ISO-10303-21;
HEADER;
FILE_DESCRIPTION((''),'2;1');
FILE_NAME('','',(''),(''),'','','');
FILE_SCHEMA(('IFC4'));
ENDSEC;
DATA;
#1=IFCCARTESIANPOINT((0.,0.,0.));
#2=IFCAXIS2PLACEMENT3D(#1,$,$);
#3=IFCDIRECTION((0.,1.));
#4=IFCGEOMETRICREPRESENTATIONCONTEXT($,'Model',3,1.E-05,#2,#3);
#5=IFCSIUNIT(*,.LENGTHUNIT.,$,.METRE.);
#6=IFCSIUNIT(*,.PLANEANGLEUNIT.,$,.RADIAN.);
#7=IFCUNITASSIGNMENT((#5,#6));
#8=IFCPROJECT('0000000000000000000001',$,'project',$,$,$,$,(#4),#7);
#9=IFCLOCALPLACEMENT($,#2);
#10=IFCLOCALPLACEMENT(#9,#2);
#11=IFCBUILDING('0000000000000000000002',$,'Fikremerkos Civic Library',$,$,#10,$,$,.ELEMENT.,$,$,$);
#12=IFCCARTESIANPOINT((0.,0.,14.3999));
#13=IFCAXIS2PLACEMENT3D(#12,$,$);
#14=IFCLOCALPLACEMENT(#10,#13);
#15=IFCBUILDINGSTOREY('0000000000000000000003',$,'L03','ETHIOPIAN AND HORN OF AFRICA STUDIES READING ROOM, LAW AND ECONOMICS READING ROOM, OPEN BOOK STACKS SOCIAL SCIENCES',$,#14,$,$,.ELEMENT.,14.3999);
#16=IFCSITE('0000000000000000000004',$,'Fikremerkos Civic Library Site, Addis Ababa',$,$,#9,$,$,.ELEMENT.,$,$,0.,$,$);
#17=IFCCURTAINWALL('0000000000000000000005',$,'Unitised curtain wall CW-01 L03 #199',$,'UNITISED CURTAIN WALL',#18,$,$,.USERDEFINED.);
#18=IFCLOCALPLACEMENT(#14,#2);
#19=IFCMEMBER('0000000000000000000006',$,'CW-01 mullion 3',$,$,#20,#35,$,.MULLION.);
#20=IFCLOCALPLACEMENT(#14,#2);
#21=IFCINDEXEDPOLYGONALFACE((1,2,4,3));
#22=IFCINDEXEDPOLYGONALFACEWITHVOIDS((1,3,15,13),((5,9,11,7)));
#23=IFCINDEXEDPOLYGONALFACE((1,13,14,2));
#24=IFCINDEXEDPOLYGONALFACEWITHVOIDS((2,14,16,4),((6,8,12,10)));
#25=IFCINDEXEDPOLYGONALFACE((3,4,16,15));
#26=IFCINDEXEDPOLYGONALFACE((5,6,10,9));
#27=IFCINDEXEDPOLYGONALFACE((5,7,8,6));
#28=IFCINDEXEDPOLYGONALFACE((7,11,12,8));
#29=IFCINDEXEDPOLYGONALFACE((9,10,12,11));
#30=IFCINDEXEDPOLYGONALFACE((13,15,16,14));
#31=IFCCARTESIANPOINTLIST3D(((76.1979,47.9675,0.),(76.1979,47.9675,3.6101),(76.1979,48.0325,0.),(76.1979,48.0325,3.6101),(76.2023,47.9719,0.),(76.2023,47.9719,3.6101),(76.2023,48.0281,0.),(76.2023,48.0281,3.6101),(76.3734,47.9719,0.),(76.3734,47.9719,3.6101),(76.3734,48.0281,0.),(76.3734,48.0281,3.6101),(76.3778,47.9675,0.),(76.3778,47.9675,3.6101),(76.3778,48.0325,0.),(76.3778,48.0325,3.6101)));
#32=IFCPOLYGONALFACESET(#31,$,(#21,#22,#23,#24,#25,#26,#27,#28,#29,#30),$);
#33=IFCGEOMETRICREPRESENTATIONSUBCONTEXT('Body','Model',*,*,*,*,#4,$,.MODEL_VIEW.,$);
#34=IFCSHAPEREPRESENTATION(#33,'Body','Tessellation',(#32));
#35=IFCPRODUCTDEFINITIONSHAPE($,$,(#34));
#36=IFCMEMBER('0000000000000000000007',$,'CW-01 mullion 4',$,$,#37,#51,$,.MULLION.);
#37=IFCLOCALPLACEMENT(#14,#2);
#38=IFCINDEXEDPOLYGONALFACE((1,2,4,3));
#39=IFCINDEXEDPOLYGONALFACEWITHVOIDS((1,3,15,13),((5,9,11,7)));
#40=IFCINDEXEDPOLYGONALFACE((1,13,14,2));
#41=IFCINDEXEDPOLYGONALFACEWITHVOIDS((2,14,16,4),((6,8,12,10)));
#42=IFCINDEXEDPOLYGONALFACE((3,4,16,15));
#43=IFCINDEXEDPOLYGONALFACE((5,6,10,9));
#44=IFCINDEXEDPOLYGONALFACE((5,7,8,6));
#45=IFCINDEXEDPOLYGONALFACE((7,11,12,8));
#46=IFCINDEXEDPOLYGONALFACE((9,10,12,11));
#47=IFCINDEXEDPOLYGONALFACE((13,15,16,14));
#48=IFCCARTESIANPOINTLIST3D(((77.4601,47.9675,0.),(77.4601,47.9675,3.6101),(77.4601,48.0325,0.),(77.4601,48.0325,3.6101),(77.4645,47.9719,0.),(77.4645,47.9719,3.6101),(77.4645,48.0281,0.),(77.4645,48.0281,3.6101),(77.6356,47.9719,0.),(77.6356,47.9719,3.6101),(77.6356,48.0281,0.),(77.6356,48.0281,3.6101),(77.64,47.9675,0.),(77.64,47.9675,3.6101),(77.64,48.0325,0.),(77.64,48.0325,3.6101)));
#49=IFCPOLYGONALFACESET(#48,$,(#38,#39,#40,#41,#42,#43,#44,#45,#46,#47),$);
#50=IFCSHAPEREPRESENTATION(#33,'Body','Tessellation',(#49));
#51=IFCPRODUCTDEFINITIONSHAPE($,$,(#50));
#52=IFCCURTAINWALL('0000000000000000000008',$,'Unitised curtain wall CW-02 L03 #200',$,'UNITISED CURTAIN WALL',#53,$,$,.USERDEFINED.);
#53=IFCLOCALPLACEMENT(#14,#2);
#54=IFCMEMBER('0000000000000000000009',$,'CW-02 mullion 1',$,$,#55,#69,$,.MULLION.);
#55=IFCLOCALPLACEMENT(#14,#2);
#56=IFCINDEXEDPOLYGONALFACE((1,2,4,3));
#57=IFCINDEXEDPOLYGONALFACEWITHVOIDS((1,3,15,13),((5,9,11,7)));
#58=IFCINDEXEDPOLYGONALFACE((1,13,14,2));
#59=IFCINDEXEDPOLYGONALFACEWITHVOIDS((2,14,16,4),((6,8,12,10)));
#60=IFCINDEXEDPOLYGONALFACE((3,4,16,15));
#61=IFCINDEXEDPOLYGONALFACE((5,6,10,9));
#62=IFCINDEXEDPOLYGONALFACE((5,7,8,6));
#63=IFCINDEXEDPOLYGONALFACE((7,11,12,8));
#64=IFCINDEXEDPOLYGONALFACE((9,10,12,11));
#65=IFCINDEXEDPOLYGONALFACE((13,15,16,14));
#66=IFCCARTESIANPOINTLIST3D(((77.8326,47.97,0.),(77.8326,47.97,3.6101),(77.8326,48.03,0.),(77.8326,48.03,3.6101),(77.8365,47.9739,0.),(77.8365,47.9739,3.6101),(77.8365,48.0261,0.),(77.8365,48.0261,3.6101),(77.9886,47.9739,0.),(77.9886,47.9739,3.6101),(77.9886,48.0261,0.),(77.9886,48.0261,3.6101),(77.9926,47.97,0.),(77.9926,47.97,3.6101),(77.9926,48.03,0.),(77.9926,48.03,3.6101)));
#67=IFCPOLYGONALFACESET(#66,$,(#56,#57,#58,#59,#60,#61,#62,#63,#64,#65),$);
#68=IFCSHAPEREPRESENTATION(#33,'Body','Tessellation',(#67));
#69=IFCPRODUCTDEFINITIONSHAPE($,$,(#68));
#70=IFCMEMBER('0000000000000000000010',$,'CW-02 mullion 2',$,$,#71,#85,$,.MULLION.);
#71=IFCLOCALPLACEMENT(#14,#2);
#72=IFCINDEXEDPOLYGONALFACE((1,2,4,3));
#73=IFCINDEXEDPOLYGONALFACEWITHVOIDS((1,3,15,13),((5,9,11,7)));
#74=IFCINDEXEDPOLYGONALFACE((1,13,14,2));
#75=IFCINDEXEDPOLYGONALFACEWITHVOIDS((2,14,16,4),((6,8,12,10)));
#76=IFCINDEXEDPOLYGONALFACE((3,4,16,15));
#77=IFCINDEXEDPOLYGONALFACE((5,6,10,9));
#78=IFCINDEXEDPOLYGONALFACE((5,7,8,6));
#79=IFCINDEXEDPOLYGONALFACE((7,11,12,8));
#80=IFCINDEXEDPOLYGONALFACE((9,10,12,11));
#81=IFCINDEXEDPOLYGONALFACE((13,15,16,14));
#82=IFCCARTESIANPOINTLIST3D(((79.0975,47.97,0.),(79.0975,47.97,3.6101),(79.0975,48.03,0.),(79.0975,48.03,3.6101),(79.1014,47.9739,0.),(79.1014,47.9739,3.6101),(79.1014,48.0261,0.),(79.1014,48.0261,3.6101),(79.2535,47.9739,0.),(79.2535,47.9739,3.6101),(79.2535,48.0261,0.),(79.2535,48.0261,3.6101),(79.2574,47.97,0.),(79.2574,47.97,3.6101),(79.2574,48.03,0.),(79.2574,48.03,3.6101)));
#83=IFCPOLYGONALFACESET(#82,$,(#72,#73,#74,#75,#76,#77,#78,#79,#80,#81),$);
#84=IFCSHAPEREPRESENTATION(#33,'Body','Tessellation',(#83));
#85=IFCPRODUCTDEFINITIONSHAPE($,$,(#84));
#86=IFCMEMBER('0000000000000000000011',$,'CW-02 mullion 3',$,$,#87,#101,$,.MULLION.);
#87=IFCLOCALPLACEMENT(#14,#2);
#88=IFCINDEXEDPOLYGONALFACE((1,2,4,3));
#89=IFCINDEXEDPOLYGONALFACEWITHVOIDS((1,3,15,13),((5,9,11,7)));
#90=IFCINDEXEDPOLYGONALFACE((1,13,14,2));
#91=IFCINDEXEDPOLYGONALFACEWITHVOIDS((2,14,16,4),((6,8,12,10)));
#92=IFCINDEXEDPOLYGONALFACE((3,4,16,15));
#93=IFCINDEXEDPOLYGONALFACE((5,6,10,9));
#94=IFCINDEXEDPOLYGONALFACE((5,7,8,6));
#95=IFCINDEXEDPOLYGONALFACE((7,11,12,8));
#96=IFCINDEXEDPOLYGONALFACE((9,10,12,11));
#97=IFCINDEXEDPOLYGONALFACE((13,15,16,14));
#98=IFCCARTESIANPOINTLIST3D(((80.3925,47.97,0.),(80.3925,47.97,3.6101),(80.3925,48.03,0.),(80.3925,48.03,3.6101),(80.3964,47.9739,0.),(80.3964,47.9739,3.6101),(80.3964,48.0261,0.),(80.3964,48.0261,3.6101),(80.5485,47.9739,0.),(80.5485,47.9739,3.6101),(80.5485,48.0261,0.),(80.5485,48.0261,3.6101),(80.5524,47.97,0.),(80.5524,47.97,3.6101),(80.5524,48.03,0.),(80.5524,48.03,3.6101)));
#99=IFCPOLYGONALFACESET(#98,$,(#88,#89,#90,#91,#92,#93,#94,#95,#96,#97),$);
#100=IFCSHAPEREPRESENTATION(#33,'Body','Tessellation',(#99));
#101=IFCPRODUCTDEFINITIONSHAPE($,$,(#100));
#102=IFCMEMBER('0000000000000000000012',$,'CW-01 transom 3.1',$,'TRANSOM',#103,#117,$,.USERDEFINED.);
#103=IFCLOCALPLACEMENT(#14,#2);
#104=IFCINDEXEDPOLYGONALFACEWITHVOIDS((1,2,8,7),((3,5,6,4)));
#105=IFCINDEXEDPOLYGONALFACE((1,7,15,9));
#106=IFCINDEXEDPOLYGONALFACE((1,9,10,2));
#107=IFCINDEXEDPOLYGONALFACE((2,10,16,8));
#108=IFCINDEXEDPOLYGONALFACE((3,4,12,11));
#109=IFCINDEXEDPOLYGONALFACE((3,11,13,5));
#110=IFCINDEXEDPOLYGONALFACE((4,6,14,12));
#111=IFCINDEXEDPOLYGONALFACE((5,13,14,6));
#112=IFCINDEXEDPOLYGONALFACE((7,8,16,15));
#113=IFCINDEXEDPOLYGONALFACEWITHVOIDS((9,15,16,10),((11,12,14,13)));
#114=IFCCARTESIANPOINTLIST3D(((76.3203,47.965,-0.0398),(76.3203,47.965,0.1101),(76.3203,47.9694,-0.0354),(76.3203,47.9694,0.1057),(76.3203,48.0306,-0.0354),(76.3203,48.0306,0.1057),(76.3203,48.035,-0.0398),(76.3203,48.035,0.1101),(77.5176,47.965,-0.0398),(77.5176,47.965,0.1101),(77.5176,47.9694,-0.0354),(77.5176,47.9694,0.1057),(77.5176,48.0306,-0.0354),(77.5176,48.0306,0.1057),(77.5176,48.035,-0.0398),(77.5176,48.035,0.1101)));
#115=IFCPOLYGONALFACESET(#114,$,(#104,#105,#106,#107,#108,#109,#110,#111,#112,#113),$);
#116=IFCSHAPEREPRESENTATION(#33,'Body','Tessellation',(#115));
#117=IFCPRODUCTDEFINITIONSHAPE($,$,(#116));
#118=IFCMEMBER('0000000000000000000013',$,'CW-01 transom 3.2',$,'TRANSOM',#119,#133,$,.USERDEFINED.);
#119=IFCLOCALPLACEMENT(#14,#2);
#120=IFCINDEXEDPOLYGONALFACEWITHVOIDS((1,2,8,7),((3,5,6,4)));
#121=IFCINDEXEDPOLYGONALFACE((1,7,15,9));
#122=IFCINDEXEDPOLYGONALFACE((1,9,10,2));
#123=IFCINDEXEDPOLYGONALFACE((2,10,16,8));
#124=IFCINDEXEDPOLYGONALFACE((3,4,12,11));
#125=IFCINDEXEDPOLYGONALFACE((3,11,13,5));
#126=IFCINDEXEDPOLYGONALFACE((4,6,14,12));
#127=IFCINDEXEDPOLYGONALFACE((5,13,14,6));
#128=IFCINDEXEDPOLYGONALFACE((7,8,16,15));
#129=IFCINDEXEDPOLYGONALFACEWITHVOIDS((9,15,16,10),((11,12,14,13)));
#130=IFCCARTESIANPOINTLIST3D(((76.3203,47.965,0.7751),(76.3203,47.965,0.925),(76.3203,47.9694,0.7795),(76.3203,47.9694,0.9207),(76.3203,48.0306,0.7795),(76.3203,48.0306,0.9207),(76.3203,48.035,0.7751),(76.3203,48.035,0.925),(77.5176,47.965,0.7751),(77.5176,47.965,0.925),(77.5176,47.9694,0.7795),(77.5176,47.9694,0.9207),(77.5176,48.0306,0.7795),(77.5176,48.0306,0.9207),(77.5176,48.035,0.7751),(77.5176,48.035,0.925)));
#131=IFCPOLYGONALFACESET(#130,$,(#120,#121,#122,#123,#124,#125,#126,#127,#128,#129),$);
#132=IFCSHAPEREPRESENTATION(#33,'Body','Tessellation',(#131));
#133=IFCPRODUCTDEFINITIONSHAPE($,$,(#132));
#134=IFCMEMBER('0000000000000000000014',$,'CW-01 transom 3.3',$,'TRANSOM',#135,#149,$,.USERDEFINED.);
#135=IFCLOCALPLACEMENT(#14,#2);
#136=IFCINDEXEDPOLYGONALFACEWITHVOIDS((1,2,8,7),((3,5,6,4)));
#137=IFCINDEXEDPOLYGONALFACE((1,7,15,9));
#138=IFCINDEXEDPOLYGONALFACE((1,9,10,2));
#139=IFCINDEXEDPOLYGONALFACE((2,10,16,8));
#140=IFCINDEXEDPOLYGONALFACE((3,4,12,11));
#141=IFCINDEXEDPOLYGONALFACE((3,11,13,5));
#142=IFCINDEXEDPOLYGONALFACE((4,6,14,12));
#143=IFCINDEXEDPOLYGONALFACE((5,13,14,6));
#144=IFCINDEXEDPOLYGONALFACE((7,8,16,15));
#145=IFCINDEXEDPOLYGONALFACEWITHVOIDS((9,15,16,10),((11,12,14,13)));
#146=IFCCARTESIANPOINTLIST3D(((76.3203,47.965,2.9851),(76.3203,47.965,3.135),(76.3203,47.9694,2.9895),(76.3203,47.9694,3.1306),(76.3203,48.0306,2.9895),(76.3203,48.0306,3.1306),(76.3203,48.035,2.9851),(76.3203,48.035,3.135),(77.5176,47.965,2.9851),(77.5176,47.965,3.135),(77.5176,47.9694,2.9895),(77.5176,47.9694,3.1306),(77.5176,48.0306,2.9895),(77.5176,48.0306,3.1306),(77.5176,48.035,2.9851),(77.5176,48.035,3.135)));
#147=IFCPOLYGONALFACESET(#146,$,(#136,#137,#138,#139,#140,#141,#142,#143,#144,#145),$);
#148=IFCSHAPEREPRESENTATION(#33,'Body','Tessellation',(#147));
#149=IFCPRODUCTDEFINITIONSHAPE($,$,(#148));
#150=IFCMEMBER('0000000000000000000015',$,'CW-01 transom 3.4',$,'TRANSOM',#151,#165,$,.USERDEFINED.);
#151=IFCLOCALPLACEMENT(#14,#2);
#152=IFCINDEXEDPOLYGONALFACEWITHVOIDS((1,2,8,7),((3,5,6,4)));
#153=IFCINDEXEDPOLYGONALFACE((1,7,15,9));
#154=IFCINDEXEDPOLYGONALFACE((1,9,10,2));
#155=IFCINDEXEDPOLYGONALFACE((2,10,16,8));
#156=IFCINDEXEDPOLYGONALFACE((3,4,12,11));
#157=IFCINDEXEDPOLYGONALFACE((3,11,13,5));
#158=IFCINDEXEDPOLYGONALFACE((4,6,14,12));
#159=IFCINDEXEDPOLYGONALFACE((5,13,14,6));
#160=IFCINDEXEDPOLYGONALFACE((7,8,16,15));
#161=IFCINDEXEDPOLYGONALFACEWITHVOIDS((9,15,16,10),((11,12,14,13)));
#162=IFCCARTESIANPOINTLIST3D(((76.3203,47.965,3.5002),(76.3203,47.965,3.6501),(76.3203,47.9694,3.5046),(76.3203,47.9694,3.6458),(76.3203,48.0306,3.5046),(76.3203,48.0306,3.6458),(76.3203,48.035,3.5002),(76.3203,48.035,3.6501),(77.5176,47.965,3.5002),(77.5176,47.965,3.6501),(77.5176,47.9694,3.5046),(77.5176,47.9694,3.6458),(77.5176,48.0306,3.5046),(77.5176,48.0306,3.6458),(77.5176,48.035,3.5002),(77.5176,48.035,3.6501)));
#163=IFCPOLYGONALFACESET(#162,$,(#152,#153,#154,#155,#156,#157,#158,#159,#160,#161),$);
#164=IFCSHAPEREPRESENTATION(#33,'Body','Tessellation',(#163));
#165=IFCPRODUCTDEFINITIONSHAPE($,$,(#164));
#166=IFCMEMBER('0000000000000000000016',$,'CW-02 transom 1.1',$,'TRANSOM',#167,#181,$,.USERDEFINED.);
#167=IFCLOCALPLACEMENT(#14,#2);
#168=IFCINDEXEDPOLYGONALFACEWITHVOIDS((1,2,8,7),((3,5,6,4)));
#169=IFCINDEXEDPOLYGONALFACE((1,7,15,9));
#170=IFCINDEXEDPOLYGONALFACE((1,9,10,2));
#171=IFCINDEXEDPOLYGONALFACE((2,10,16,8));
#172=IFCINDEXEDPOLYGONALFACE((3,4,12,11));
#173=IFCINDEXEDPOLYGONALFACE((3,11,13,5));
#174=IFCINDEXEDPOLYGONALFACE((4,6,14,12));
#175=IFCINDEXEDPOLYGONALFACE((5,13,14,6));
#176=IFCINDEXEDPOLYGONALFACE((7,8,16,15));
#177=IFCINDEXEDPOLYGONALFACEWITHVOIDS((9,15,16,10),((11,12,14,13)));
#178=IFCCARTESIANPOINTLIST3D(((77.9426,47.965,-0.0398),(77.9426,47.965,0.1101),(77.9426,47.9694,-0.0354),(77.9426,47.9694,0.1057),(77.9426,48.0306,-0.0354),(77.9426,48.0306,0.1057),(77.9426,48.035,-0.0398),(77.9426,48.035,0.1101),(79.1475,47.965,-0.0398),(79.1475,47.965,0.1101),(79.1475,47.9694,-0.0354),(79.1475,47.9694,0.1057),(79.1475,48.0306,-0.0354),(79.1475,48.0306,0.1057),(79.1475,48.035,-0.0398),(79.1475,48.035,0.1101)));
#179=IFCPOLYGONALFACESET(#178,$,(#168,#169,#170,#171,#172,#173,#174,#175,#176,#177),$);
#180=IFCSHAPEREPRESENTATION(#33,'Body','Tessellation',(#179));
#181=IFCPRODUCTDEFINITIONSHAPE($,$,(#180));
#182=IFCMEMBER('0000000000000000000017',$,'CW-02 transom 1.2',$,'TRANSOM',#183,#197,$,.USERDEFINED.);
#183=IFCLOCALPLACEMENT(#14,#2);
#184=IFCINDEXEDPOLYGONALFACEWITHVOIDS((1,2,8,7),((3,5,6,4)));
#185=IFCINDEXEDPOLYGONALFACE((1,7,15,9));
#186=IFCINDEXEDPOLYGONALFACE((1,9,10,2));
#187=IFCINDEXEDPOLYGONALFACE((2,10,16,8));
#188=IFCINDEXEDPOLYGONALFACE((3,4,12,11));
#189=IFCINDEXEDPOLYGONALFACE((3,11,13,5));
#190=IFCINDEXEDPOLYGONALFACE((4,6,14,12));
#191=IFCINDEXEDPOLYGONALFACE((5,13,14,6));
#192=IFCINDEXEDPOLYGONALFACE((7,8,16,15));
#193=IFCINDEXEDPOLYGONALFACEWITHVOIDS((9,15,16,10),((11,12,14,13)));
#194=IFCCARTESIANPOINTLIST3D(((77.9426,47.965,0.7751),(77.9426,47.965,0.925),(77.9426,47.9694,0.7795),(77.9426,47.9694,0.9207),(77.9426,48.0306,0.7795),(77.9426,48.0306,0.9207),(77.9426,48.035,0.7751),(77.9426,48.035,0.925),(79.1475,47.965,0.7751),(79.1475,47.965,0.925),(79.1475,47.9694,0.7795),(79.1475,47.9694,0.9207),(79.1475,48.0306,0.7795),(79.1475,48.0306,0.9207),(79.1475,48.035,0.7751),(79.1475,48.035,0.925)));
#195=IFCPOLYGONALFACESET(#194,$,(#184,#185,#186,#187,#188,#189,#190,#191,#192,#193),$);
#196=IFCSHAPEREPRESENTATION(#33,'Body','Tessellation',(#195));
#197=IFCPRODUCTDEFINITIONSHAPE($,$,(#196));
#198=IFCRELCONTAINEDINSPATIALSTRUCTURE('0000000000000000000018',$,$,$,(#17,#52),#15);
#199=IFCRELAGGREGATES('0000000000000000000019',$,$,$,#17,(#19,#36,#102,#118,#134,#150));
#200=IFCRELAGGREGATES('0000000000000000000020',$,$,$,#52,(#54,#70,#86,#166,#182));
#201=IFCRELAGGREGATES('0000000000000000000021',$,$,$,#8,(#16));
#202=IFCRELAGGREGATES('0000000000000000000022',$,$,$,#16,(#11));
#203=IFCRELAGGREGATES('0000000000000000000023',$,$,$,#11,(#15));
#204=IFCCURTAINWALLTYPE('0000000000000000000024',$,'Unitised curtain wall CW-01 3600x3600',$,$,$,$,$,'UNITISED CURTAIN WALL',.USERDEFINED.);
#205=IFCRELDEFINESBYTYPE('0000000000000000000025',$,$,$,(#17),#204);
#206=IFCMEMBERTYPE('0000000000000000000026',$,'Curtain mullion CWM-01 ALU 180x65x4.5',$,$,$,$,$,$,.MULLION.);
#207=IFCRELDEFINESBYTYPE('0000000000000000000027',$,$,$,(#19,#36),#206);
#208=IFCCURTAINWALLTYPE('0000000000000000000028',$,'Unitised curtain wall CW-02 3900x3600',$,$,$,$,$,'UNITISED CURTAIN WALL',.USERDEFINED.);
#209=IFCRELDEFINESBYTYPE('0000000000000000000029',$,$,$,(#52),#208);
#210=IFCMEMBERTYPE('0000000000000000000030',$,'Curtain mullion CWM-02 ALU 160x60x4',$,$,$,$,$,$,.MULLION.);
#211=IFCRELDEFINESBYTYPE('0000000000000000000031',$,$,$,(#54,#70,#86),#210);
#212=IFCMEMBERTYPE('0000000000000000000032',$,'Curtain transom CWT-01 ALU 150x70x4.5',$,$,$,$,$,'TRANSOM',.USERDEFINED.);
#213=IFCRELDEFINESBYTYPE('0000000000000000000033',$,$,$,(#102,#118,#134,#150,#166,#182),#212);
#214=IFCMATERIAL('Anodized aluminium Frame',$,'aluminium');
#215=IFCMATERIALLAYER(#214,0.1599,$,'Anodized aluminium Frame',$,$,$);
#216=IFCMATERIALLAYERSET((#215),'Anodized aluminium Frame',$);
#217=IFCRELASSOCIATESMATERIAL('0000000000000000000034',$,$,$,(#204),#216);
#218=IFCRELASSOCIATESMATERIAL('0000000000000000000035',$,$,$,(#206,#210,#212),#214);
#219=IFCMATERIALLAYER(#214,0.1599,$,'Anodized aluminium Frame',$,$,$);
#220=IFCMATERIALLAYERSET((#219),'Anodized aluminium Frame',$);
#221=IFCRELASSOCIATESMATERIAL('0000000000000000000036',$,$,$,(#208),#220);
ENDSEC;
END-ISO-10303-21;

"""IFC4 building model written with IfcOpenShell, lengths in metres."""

from ifc_helpers import new_model, si_unit, direction, frame, origin, origin_2d, place, context, subcontext, project, spatial, hollow_rectangle, extrude, material, layer, layer_set, material_profile, profile_set, type_object, element, aggregate, save


model = new_model("IFC4")

# Units and contexts
model_context = context("Model", 3, precision=1e-05, world=origin(), true_north=direction((0.0, 1.0)))
body_context = subcontext(model_context, "Body", "Model", "MODEL_VIEW")
ifc_project = project(units=[si_unit("LENGTHUNIT", "METRE"), si_unit("PLANEANGLEUNIT", "RADIAN")], contexts=[model_context])

# Site, building, storey
site_placement = place(None, origin())
site = spatial("IfcSite", under=ifc_project, at=site_placement, Name="Fikremerkos Civic Library Site, Addis Ababa", CompositionType="ELEMENT", RefElevation=0.0)
building_placement = place(site_placement, origin())
building = spatial("IfcBuilding", under=site, at=building_placement, Name="Fikremerkos Civic Library", CompositionType="ELEMENT")
storey_placement = place(building_placement, frame((0.0, 0.0, 14.3999)))
storey = spatial("IfcBuildingStorey", under=building, at=storey_placement, Name="L03", Description="ETHIOPIAN AND HORN OF AFRICA STUDIES READING ROOM, LAW AND ECONOMICS READING ROOM, OPEN BOOK STACKS SOCIAL SCIENCES", CompositionType="ELEMENT", Elevation=14.3999)

# Curtain walls, members
ifc_material_1 = material(Name="Anodized aluminium Frame", Category="aluminium")
ifc_layer_1 = layer(ifc_material_1, 0.1599, Name="Anodized aluminium Frame")
ifc_layer_set_1 = layer_set([ifc_layer_1], Name="Anodized aluminium Frame")
curtain_wall_type_1 = type_object("IfcCurtainWallType", Name="Unitised curtain wall CW-01 3600x3600", ElementType="UNITISED CURTAIN WALL", PredefinedType="USERDEFINED", material=ifc_layer_set_1)
curtain_wall_1_placement = place(storey_placement, origin())
curtain_wall_1 = element("IfcCurtainWall", 1, at=curtain_wall_1_placement, inside=storey, type_object=curtain_wall_type_1, Name="Unitised curtain wall CW-01 L03 #199", ObjectType="UNITISED CURTAIN WALL", PredefinedType="USERDEFINED")
ifc_material_profile_1 = material_profile(ifc_material_1, hollow_rectangle(XDim=0.0649, YDim=0.1799, WallThickness=0.0044, at=origin_2d()), Name="ALU 180x65x4.5")
ifc_profile_set_1 = profile_set([ifc_material_profile_1], Name="Anodized aluminium Frame")
member_type_1 = type_object("IfcMemberType", Name="Curtain mullion CWM-01 ALU 180x65x4.5", PredefinedType="MULLION", material=ifc_profile_set_1)
member_1_placement = place(storey_placement, frame((76.2878, 48.0, 0.0), z_axis=(0.0, 0.0, 1.0), x_axis=(0.0, 1.0, 0.0)))
member_1 = element("IfcMember", 2, at=member_1_placement, type_object=member_type_1, Name="CW-01 mullion 3", PredefinedType="MULLION", context=body_context, shape_type="SweptSolid", body=[
    extrude(hollow_rectangle(XDim=0.0649, YDim=0.1799, WallThickness=0.0044, at=origin_2d()), origin(), (0.0, 0.0, 1.0), 3.6101),
])
member_2_placement = place(storey_placement, frame((77.55, 48.0, 0.0), z_axis=(0.0, 0.0, 1.0), x_axis=(0.0, 1.0, 0.0)))
member_2 = element("IfcMember", 3, at=member_2_placement, type_object=member_type_1, Name="CW-01 mullion 4", PredefinedType="MULLION", context=body_context, shape_type="SweptSolid", body=[
    extrude(hollow_rectangle(XDim=0.0649, YDim=0.1799, WallThickness=0.0044, at=origin_2d()), origin(), (0.0, 0.0, 1.0), 3.6101),
])
ifc_layer_2 = layer(ifc_material_1, 0.1599, Name="Anodized aluminium Frame")
ifc_layer_set_2 = layer_set([ifc_layer_2], Name="Anodized aluminium Frame")
curtain_wall_type_2 = type_object("IfcCurtainWallType", Name="Unitised curtain wall CW-02 3900x3600", ElementType="UNITISED CURTAIN WALL", PredefinedType="USERDEFINED", material=ifc_layer_set_2)
curtain_wall_2_placement = place(storey_placement, origin())
curtain_wall_2 = element("IfcCurtainWall", 4, at=curtain_wall_2_placement, inside=storey, type_object=curtain_wall_type_2, Name="Unitised curtain wall CW-02 L03 #200", ObjectType="UNITISED CURTAIN WALL", PredefinedType="USERDEFINED")
ifc_material_profile_2 = material_profile(ifc_material_1, hollow_rectangle(XDim=0.0601, YDim=0.1599, WallThickness=0.0039, at=origin_2d()), Name="ALU 160x60x4")
ifc_profile_set_2 = profile_set([ifc_material_profile_2], Name="Anodized aluminium Frame")
member_type_2 = type_object("IfcMemberType", Name="Curtain mullion CWM-02 ALU 160x60x4", PredefinedType="MULLION", material=ifc_profile_set_2)
member_3_placement = place(storey_placement, frame((77.9126, 48.0, 0.0), z_axis=(0.0, 0.0, 1.0), x_axis=(0.0, 1.0, 0.0)))
member_3 = element("IfcMember", 5, at=member_3_placement, type_object=member_type_2, Name="CW-02 mullion 1", PredefinedType="MULLION", context=body_context, shape_type="SweptSolid", body=[
    extrude(hollow_rectangle(XDim=0.0601, YDim=0.1599, WallThickness=0.0039, at=origin_2d()), origin(), (0.0, 0.0, 1.0), 3.6101),
])
member_4_placement = place(storey_placement, frame((79.1775, 48.0, 0.0), z_axis=(0.0, 0.0, 1.0), x_axis=(0.0, 1.0, 0.0)))
member_4 = element("IfcMember", 6, at=member_4_placement, type_object=member_type_2, Name="CW-02 mullion 2", PredefinedType="MULLION", context=body_context, shape_type="SweptSolid", body=[
    extrude(hollow_rectangle(XDim=0.0601, YDim=0.1599, WallThickness=0.0039, at=origin_2d()), origin(), (0.0, 0.0, 1.0), 3.6101),
])
member_5_placement = place(storey_placement, frame((80.4724, 48.0, 0.0), z_axis=(0.0, 0.0, 1.0), x_axis=(0.0, 1.0, 0.0)))
member_5 = element("IfcMember", 7, at=member_5_placement, type_object=member_type_2, Name="CW-02 mullion 3", PredefinedType="MULLION", context=body_context, shape_type="SweptSolid", body=[
    extrude(hollow_rectangle(XDim=0.0601, YDim=0.1599, WallThickness=0.0039, at=origin_2d()), origin(), (0.0, 0.0, 1.0), 3.6101),
])

# Members
ifc_material_profile_3 = material_profile(ifc_material_1, hollow_rectangle(XDim=0.0701, YDim=0.1499, WallThickness=0.0044, at=origin_2d()), Name="ALU 150x70x4.5")
ifc_profile_set_3 = profile_set([ifc_material_profile_3], Name="Anodized aluminium Frame")
member_type_3 = type_object("IfcMemberType", Name="Curtain transom CWT-01 ALU 150x70x4.5", ElementType="TRANSOM", PredefinedType="USERDEFINED", material=ifc_profile_set_3)
member_6_placement = place(storey_placement, frame((76.3203, 48.0, 0.0352), z_axis=(1.0, 0.0, 0.0), x_axis=(0.0, 1.0, 0.0)))
member_6 = element("IfcMember", 8, at=member_6_placement, type_object=member_type_3, Name="CW-01 transom 3.1", ObjectType="TRANSOM", PredefinedType="USERDEFINED", context=body_context, shape_type="SweptSolid", body=[
    extrude(hollow_rectangle(XDim=0.0701, YDim=0.1499, WallThickness=0.0044, at=origin_2d()), origin(), (0.0, 0.0, 1.0), 1.1973),
])
member_7_placement = place(storey_placement, frame((76.3203, 48.0, 0.8501), z_axis=(1.0, 0.0, 0.0), x_axis=(0.0, 1.0, 0.0)))
member_7 = element("IfcMember", 9, at=member_7_placement, type_object=member_type_3, Name="CW-01 transom 3.2", ObjectType="TRANSOM", PredefinedType="USERDEFINED", context=body_context, shape_type="SweptSolid", body=[
    extrude(hollow_rectangle(XDim=0.0701, YDim=0.1499, WallThickness=0.0044, at=origin_2d()), origin(), (0.0, 0.0, 1.0), 1.1973),
])
member_8_placement = place(storey_placement, frame((76.3203, 48.0, 3.0601), z_axis=(1.0, 0.0, 0.0), x_axis=(0.0, 1.0, 0.0)))
member_8 = element("IfcMember", 10, at=member_8_placement, type_object=member_type_3, Name="CW-01 transom 3.3", ObjectType="TRANSOM", PredefinedType="USERDEFINED", context=body_context, shape_type="SweptSolid", body=[
    extrude(hollow_rectangle(XDim=0.0701, YDim=0.1499, WallThickness=0.0044, at=origin_2d()), origin(), (0.0, 0.0, 1.0), 1.1973),
])
member_9_placement = place(storey_placement, frame((76.3203, 48.0, 3.5752), z_axis=(1.0, 0.0, 0.0), x_axis=(0.0, 1.0, 0.0)))
member_9 = element("IfcMember", 11, at=member_9_placement, type_object=member_type_3, Name="CW-01 transom 3.4", ObjectType="TRANSOM", PredefinedType="USERDEFINED", context=body_context, shape_type="SweptSolid", body=[
    extrude(hollow_rectangle(XDim=0.0701, YDim=0.1499, WallThickness=0.0044, at=origin_2d()), origin(), (0.0, 0.0, 1.0), 1.1973),
])
member_10_placement = place(storey_placement, frame((77.9426, 48.0, 0.0352), z_axis=(1.0, 0.0, 0.0), x_axis=(0.0, 1.0, 0.0)))
member_10 = element("IfcMember", 12, at=member_10_placement, type_object=member_type_3, Name="CW-02 transom 1.1", ObjectType="TRANSOM", PredefinedType="USERDEFINED", context=body_context, shape_type="SweptSolid", body=[
    extrude(hollow_rectangle(XDim=0.0701, YDim=0.1499, WallThickness=0.0044, at=origin_2d()), origin(), (0.0, 0.0, 1.0), 1.2048),
])
member_11_placement = place(storey_placement, frame((77.9426, 48.0, 0.8501), z_axis=(1.0, 0.0, 0.0), x_axis=(0.0, 1.0, 0.0)))
member_11 = element("IfcMember", 13, at=member_11_placement, type_object=member_type_3, Name="CW-02 transom 1.2", ObjectType="TRANSOM", PredefinedType="USERDEFINED", context=body_context, shape_type="SweptSolid", body=[
    extrude(hollow_rectangle(XDim=0.0701, YDim=0.1499, WallThickness=0.0044, at=origin_2d()), origin(), (0.0, 0.0, 1.0), 1.2048),
])

aggregate(curtain_wall_1, [member_1, member_2, member_6, member_7, member_8, member_9])
aggregate(curtain_wall_2, [member_3, member_4, member_5, member_10, member_11])

save(model, "model.ifc")
